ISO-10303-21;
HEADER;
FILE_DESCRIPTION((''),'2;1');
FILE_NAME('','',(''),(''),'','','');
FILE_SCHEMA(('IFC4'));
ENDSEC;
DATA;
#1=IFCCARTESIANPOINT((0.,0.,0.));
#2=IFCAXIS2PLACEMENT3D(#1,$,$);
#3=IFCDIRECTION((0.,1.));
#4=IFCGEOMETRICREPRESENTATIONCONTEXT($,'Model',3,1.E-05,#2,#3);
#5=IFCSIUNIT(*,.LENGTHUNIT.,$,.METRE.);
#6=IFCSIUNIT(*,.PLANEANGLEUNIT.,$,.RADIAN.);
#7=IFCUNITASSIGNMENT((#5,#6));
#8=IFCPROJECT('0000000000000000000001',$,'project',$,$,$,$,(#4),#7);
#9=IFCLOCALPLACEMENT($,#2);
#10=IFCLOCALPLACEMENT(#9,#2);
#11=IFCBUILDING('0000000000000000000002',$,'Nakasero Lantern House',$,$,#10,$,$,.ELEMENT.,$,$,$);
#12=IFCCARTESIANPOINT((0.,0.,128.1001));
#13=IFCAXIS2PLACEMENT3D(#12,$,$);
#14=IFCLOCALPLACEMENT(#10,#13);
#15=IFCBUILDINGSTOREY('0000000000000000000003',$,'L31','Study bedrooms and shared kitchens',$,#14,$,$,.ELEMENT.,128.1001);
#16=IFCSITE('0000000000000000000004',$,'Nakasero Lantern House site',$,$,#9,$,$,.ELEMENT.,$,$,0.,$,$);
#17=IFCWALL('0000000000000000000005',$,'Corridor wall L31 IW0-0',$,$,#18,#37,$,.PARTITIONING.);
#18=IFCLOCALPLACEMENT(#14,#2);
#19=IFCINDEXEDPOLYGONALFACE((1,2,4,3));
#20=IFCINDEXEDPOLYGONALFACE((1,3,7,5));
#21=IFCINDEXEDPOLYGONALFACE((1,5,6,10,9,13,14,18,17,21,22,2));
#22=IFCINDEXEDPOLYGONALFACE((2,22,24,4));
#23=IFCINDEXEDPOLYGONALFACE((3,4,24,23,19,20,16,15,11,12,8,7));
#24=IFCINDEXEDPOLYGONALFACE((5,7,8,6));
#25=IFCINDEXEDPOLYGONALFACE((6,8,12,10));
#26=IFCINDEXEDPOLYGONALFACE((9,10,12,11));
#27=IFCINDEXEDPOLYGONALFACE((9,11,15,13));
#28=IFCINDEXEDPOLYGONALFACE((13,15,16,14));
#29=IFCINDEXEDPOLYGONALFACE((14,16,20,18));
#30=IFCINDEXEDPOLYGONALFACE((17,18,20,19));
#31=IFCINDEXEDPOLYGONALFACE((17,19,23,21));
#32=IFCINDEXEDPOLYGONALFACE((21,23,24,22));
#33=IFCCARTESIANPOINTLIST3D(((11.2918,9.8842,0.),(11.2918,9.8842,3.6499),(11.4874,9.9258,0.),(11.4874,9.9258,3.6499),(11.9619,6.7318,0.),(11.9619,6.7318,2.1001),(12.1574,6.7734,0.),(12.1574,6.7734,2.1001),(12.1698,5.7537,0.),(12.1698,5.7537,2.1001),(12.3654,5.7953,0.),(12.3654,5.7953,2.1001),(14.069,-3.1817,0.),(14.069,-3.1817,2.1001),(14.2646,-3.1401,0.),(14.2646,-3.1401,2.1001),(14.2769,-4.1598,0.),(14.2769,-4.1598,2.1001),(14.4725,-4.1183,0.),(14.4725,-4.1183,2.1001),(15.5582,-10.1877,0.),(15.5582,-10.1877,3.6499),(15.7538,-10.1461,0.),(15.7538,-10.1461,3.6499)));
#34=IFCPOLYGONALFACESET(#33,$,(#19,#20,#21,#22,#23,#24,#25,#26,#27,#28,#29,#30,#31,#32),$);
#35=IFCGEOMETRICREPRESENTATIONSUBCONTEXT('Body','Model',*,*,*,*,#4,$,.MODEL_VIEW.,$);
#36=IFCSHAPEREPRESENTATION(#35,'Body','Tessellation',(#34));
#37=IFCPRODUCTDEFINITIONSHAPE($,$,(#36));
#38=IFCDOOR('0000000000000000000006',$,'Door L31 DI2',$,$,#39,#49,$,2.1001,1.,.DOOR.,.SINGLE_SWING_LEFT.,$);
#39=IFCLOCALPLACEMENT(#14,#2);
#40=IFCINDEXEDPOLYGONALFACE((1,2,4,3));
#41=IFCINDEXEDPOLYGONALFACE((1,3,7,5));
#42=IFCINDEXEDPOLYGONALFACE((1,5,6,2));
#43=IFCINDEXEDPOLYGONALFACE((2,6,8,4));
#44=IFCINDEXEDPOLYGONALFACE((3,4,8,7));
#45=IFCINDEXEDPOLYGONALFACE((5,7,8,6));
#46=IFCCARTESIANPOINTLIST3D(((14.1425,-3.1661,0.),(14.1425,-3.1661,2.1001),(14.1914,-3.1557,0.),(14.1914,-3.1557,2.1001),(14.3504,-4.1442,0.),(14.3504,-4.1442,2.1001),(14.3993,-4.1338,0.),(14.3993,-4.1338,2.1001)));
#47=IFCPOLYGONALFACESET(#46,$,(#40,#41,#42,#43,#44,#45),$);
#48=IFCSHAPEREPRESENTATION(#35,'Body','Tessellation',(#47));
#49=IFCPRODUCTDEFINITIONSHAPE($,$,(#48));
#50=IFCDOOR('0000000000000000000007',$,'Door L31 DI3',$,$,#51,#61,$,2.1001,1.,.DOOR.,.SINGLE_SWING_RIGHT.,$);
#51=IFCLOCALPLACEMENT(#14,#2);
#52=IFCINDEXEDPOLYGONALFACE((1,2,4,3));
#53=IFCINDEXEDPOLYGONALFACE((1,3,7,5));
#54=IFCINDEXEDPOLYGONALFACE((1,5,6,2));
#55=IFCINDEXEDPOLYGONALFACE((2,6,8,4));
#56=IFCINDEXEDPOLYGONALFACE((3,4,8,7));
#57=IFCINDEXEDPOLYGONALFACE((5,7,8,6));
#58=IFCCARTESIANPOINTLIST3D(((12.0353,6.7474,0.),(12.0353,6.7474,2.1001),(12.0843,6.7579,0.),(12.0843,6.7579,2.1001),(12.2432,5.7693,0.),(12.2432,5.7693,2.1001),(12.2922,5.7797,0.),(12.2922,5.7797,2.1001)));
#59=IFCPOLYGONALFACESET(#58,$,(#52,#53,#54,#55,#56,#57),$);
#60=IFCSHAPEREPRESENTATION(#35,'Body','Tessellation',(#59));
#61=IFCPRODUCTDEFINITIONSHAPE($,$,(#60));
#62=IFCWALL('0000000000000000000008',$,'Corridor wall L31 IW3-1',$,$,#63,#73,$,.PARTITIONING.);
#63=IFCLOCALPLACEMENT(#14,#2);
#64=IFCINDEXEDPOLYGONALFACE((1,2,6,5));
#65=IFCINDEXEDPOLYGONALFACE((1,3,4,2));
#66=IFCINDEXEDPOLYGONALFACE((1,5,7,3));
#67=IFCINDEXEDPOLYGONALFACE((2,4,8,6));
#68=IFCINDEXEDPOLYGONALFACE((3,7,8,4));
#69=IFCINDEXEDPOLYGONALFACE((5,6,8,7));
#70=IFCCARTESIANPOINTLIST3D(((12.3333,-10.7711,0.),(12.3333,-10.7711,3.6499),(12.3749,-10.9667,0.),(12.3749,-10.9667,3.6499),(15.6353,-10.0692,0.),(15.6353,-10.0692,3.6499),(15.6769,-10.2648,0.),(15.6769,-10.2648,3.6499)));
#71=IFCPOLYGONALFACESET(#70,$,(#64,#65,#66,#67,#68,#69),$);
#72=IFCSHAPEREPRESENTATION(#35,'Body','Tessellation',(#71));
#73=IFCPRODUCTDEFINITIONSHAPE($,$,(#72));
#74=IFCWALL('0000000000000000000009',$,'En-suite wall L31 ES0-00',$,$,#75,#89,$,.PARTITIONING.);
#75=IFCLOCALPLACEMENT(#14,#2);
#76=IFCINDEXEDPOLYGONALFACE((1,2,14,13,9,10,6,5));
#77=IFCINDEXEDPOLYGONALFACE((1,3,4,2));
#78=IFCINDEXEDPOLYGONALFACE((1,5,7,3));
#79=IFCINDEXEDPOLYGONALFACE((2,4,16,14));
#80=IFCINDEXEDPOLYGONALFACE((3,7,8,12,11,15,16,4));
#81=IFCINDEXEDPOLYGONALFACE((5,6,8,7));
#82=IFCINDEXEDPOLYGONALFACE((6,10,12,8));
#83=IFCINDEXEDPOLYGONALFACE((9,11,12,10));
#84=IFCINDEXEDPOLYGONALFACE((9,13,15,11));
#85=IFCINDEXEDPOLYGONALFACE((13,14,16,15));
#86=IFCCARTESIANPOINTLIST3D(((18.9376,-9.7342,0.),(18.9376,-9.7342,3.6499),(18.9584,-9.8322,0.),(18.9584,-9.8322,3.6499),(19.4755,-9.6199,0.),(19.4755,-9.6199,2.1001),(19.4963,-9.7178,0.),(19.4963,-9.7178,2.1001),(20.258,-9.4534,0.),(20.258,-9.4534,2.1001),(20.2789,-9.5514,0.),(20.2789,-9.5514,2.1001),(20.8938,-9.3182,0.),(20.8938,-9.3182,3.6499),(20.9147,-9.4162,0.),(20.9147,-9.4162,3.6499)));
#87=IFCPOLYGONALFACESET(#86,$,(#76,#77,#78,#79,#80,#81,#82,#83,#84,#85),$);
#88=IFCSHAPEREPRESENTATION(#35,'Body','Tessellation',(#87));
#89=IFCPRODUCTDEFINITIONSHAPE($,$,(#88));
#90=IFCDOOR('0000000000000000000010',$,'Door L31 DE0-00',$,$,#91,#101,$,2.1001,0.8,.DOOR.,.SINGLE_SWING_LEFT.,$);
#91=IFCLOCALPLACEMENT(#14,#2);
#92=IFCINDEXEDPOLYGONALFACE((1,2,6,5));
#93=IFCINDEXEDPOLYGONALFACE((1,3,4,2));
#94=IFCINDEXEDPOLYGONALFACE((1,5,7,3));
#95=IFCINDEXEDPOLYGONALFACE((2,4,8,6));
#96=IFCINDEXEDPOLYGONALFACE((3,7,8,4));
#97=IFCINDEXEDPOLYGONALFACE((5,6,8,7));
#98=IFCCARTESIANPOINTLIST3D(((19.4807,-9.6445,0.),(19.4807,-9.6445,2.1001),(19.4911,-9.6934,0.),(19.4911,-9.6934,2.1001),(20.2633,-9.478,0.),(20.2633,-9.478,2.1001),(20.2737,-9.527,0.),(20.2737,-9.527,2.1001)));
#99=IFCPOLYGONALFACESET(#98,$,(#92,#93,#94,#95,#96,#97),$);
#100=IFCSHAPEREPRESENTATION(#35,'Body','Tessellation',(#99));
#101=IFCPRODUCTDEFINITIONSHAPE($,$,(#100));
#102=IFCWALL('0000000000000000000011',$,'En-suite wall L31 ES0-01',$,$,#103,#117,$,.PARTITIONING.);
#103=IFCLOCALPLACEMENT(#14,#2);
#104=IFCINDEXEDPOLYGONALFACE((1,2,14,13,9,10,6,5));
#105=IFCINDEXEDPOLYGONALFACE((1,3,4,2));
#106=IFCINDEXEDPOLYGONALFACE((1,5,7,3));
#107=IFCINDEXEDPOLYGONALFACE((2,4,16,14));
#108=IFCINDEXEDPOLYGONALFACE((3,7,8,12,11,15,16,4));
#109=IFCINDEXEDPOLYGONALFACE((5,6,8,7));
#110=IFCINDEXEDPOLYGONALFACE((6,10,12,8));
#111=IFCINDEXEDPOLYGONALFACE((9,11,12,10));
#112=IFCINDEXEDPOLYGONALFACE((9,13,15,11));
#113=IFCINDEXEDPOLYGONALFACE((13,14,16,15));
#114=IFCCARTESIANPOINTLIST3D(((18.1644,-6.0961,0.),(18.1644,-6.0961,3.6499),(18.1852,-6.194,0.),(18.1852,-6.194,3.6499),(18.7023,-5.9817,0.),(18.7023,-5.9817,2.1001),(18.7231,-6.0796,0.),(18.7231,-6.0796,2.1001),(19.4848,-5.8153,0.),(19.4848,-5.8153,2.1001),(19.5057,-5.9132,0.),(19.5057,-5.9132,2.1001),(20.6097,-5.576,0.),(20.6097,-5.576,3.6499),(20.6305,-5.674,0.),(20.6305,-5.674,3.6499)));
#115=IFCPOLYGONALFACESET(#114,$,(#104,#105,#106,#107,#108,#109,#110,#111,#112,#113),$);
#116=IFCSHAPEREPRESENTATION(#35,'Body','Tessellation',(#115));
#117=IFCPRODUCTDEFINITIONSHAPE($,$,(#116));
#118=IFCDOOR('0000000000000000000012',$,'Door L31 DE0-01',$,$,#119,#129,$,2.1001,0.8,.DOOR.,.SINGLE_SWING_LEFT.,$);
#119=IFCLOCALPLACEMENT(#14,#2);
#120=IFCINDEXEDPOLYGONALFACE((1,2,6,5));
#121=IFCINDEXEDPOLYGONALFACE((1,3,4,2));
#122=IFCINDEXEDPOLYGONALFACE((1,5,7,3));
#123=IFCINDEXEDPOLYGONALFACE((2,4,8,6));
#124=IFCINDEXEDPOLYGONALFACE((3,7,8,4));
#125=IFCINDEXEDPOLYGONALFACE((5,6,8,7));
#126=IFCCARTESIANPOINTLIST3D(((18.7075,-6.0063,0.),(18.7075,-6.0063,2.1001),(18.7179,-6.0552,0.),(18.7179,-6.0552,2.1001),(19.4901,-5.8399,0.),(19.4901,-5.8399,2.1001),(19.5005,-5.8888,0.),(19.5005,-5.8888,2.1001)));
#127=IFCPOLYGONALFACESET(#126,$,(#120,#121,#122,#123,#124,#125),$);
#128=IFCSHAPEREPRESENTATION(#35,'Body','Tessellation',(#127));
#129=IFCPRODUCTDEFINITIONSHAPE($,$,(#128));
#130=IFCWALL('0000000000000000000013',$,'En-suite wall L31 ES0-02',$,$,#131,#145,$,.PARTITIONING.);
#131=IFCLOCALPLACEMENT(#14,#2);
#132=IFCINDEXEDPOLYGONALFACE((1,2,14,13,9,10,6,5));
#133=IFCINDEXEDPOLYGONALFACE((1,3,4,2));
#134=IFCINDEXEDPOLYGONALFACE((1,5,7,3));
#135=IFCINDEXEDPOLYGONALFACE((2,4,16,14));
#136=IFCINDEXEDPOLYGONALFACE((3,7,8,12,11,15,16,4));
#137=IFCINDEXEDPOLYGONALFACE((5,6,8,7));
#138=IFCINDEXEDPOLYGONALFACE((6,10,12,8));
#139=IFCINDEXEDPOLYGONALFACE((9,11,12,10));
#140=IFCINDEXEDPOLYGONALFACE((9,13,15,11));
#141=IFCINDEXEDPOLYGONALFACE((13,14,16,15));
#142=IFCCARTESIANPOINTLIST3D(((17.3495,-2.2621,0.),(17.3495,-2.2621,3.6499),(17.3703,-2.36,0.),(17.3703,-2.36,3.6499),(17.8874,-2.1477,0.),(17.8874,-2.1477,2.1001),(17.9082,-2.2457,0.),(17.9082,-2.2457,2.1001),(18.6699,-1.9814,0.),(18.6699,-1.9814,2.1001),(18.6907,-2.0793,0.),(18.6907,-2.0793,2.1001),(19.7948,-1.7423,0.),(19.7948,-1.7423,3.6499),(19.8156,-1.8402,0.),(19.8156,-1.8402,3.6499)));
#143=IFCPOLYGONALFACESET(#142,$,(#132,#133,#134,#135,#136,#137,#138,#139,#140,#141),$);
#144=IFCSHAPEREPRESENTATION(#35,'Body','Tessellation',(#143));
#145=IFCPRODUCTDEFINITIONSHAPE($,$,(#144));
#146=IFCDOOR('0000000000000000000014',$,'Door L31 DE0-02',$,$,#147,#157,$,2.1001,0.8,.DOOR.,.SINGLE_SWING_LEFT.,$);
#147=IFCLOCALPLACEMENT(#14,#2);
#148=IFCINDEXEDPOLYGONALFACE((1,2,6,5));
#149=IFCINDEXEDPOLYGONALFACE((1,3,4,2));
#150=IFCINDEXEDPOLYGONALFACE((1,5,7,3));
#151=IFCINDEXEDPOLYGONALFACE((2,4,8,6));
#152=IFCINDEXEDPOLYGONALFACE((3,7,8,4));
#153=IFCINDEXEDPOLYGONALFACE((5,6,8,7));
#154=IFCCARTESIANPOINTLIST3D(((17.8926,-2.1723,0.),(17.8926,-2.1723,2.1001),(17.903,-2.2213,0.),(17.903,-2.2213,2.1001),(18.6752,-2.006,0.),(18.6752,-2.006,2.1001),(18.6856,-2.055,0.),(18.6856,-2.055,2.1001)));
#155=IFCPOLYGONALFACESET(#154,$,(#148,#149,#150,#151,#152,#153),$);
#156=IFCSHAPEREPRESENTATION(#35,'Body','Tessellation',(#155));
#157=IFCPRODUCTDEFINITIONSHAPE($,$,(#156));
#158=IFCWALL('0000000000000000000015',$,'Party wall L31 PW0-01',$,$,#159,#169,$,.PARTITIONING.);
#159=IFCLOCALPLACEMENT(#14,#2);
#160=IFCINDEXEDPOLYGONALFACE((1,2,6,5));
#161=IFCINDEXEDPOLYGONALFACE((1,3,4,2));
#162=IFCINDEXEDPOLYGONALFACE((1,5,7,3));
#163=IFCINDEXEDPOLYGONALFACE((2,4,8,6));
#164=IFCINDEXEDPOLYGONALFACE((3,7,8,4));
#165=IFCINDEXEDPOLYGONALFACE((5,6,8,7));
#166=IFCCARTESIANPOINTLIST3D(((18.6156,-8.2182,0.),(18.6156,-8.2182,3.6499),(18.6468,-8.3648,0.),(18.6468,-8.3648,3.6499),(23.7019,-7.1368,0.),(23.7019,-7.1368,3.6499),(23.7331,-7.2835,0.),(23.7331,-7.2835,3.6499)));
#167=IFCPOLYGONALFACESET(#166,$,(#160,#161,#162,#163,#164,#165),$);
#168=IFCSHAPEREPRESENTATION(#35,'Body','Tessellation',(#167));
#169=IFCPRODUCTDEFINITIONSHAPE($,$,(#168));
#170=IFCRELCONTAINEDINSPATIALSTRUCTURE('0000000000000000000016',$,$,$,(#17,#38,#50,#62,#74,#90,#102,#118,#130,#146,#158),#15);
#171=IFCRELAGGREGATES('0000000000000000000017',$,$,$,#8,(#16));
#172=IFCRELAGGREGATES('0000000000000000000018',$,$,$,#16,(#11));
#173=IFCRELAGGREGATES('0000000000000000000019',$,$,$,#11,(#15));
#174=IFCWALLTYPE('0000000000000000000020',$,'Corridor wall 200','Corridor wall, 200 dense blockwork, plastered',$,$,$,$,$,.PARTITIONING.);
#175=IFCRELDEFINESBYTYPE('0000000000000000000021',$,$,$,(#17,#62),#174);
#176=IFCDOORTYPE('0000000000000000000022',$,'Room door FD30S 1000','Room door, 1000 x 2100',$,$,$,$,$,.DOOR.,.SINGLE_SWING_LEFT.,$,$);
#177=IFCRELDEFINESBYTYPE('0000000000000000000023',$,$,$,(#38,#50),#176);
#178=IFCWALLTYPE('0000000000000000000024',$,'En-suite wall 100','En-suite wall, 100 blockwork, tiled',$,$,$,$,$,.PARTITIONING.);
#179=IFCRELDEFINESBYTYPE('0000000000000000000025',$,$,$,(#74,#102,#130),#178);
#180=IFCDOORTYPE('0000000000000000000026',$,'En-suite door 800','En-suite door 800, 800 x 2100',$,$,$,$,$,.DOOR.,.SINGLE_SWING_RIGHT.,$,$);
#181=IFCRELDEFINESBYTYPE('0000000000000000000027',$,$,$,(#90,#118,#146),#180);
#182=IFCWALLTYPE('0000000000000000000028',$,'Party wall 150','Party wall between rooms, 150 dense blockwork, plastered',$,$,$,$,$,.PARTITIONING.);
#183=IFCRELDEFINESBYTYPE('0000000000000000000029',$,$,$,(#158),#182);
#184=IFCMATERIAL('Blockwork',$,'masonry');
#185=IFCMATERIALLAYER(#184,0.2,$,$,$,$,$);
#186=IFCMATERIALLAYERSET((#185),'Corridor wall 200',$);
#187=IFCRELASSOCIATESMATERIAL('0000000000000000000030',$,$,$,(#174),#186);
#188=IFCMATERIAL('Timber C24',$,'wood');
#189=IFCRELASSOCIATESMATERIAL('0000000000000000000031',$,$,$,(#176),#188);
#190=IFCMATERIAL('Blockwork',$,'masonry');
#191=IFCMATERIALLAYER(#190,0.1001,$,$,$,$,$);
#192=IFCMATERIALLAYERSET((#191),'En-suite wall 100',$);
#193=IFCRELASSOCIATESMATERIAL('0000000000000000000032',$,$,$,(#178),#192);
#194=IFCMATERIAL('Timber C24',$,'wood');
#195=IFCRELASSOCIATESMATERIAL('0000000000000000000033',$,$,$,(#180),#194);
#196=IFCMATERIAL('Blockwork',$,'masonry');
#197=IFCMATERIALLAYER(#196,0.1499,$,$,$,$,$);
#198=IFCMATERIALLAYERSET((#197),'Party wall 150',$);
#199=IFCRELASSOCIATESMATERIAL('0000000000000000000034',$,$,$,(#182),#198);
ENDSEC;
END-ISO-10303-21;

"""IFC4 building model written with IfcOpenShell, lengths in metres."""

from ifc_helpers import new_model, si_unit, direction, frame, frame_2d, origin, place, context, subcontext, project, spatial, rectangle, extrude, material, layer, layer_set, type_object, element, fill, save


model = new_model("IFC4")

# Units and contexts
model_context = context("Model", 3, precision=1e-05, world=origin(), true_north=direction((0.0, 1.0)))
body_context = subcontext(model_context, "Body", "Model", "MODEL_VIEW")
ifc_project = project(units=[si_unit("LENGTHUNIT", "METRE"), si_unit("PLANEANGLEUNIT", "RADIAN")], contexts=[model_context])

# Site, building, storey
site_placement = place(None, origin())
site = spatial("IfcSite", under=ifc_project, at=site_placement, Name="Nakasero Lantern House site", CompositionType="ELEMENT", RefElevation=0.0)
building_placement = place(site_placement, origin())
building = spatial("IfcBuilding", under=site, at=building_placement, Name="Nakasero Lantern House", CompositionType="ELEMENT")
storey_placement = place(building_placement, frame((0.0, 0.0, 128.1001)))
storey = spatial("IfcBuildingStorey", under=building, at=storey_placement, Name="L31", Description="Study bedrooms and shared kitchens", CompositionType="ELEMENT", Elevation=128.1001)

# Wall, openings, doors
ifc_material_1 = material(Name="Blockwork", Category="masonry")
ifc_layer_1 = layer(ifc_material_1, 0.2)
ifc_layer_set_1 = layer_set([ifc_layer_1], Name="Corridor wall 200")
wall_type_1 = type_object("IfcWallType", Name="Corridor wall 200", Description="Corridor wall, 200 dense blockwork, plastered", PredefinedType="PARTITIONING", material=ifc_layer_set_1)
wall_1_placement = place(storey_placement, frame((15.656, -10.167, 0.0), z_axis=(0.0, 0.0, 1.0), x_axis=(-0.20791, 0.978148, 0.0)))
wall_1 = element("IfcWall", 1, at=wall_1_placement, inside=storey, type_object=wall_type_1, Name="Corridor wall L31 IW0-0", PredefinedType="PARTITIONING", context=body_context, shape_type="SweptSolid", body=[
    extrude(rectangle(XDim=20.5203, YDim=0.2, at=frame_2d((10.2603, 0.0))), origin(), (0.0, 0.0, 1.0), 3.6499),
])
opening_1_placement = place(wall_1_placement, frame((6.1626, 0.0, 0.0)))
opening_1 = element("IfcOpeningElement", 2, at=opening_1_placement, cuts=wall_1, PredefinedType="OPENING", context=body_context, shape_type="SweptSolid", body=[
    extrude(rectangle(XDim=1.0, YDim=2.1001, at=frame_2d((0.5, 1.05))), frame((0.0, 0.1199, 0.0), z_axis=(0.0, -1.0, 0.0), x_axis=(1.0, 0.0, 0.0)), (0.0, 0.0, 1.0), 0.24),
])
opening_2_placement = place(wall_1_placement, frame((16.2976, 0.0, 0.0)))
opening_2 = element("IfcOpeningElement", 3, at=opening_2_placement, cuts=wall_1, PredefinedType="OPENING", context=body_context, shape_type="SweptSolid", body=[
    extrude(rectangle(XDim=1.0, YDim=2.1001, at=frame_2d((0.5, 1.05))), frame((0.0, 0.1199, 0.0), z_axis=(0.0, -1.0, 0.0), x_axis=(1.0, 0.0, 0.0)), (0.0, 0.0, 1.0), 0.24),
])
ifc_material_2 = material(Name="Timber C24", Category="wood")
door_type_1 = type_object("IfcDoorType", Name="Room door FD30S 1000", Description="Room door, 1000 x 2100", OperationType="SINGLE_SWING_LEFT", PredefinedType="DOOR", material=ifc_material_2)
door_1_placement = place(opening_1_placement, origin())
door_1 = element("IfcDoor", 4, at=door_1_placement, inside=storey, type_object=door_type_1, Name="Door L31 DI2", OperationType="SINGLE_SWING_LEFT", OverallHeight=2.1001, OverallWidth=1.0, PredefinedType="DOOR", context=body_context, shape_type="SweptSolid", body=[
    extrude(rectangle(XDim=1.0, YDim=2.1001, at=frame_2d((0.5, 1.05))), frame((0.0, 0.0249, 0.0), z_axis=(0.0, -1.0, 0.0), x_axis=(1.0, 0.0, 0.0)), (0.0, 0.0, 1.0), 0.05),
])
fill(opening_1, door_1)
door_2_placement = place(opening_2_placement, origin())
door_2 = element("IfcDoor", 5, at=door_2_placement, inside=storey, type_object=door_type_1, Name="Door L31 DI3", OperationType="SINGLE_SWING_RIGHT", OverallHeight=2.1001, OverallWidth=1.0, PredefinedType="DOOR", context=body_context, shape_type="SweptSolid", body=[
    extrude(rectangle(XDim=1.0, YDim=2.1001, at=frame_2d((0.5, 1.05))), frame((0.0, 0.0249, 0.0), z_axis=(0.0, -1.0, 0.0), x_axis=(1.0, 0.0, 0.0)), (0.0, 0.0, 1.0), 0.05),
])
fill(opening_2, door_2)

# Wall
wall_2_placement = place(storey_placement, frame((12.354, -10.8689, 0.0), z_axis=(0.0, 0.0, 1.0), x_axis=(0.978145, 0.207924, 0.0)))
element("IfcWall", 6, at=wall_2_placement, inside=storey, type_object=wall_type_1, Name="Corridor wall L31 IW3-1", PredefinedType="PARTITIONING", context=body_context, shape_type="SweptSolid", body=[
    extrude(rectangle(XDim=3.3757, YDim=0.2, at=frame_2d((1.688, 0.0))), origin(), (0.0, 0.0, 1.0), 3.6499),
])

# Walls, openings, doors
ifc_material_3 = material(Name="Blockwork", Category="masonry")
ifc_layer_2 = layer(ifc_material_3, 0.1001)
ifc_layer_set_2 = layer_set([ifc_layer_2], Name="En-suite wall 100")
wall_type_2 = type_object("IfcWallType", Name="En-suite wall 100", Description="En-suite wall, 100 blockwork, tiled", PredefinedType="PARTITIONING", material=ifc_layer_set_2)
wall_3_placement = place(storey_placement, frame((18.948, -9.7832, 0.0), z_axis=(0.0, 0.0, 1.0), x_axis=(0.978128, 0.208003, 0.0)))
wall_3 = element("IfcWall", 7, at=wall_3_placement, inside=storey, type_object=wall_type_2, Name="En-suite wall L31 ES0-00", PredefinedType="PARTITIONING", context=body_context, shape_type="SweptSolid", body=[
    extrude(rectangle(XDim=2.0, YDim=0.1001, at=frame_2d((1.0, 0.0))), origin(), (0.0, 0.0, 1.0), 3.6499),
])
opening_3_placement = place(wall_3_placement, frame((0.55, 0.0, 0.0)))
opening_3 = element("IfcOpeningElement", 8, at=opening_3_placement, cuts=wall_3, PredefinedType="OPENING", context=body_context, shape_type="SweptSolid", body=[
    extrude(rectangle(XDim=0.8, YDim=2.1001, at=frame_2d((0.3999, 1.05))), frame((0.0, 0.0701, 0.0), z_axis=(0.0, -1.0, 0.0), x_axis=(1.0, 0.0, 0.0)), (0.0, 0.0, 1.0), 0.1401),
])
ifc_material_4 = material(Name="Timber C24", Category="wood")
door_type_2 = type_object("IfcDoorType", Name="En-suite door 800", Description="En-suite door 800, 800 x 2100", OperationType="SINGLE_SWING_RIGHT", PredefinedType="DOOR", material=ifc_material_4)
door_3_placement = place(opening_3_placement, origin())
door_3 = element("IfcDoor", 9, at=door_3_placement, inside=storey, type_object=door_type_2, Name="Door L31 DE0-00", OperationType="SINGLE_SWING_LEFT", OverallHeight=2.1001, OverallWidth=0.8, PredefinedType="DOOR", context=body_context, shape_type="SweptSolid", body=[
    extrude(rectangle(XDim=0.8, YDim=2.1001, at=frame_2d((0.3999, 1.05))), frame((0.0, 0.0249, 0.0), z_axis=(0.0, -1.0, 0.0), x_axis=(1.0, 0.0, 0.0)), (0.0, 0.0, 1.0), 0.05),
])
fill(opening_3, door_3)
wall_4_placement = place(storey_placement, frame((18.1748, -6.145, 0.0), z_axis=(0.0, 0.0, 1.0), x_axis=(0.978127, 0.208008, 0.0)))
wall_4 = element("IfcWall", 10, at=wall_4_placement, inside=storey, type_object=wall_type_2, Name="En-suite wall L31 ES0-01", PredefinedType="PARTITIONING", context=body_context, shape_type="SweptSolid", body=[
    extrude(rectangle(XDim=2.5, YDim=0.1001, at=frame_2d((1.25, 0.0))), origin(), (0.0, 0.0, 1.0), 3.6499),
])
opening_4_placement = place(wall_4_placement, frame((0.55, 0.0, 0.0)))
opening_4 = element("IfcOpeningElement", 11, at=opening_4_placement, cuts=wall_4, PredefinedType="OPENING", context=body_context, shape_type="SweptSolid", body=[
    extrude(rectangle(XDim=0.8, YDim=2.1001, at=frame_2d((0.3999, 1.05))), frame((0.0, 0.0701, 0.0), z_axis=(0.0, -1.0, 0.0), x_axis=(1.0, 0.0, 0.0)), (0.0, 0.0, 1.0), 0.1401),
])
door_4_placement = place(opening_4_placement, origin())
door_4 = element("IfcDoor", 12, at=door_4_placement, inside=storey, type_object=door_type_2, Name="Door L31 DE0-01", OperationType="SINGLE_SWING_LEFT", OverallHeight=2.1001, OverallWidth=0.8, PredefinedType="DOOR", context=body_context, shape_type="SweptSolid", body=[
    extrude(rectangle(XDim=0.8, YDim=2.1001, at=frame_2d((0.3999, 1.05))), frame((0.0, 0.0249, 0.0), z_axis=(0.0, -1.0, 0.0), x_axis=(1.0, 0.0, 0.0)), (0.0, 0.0, 1.0), 0.05),
])
fill(opening_4, door_4)
wall_5_placement = place(storey_placement, frame((17.3599, -2.311, 0.0), z_axis=(0.0, 0.0, 1.0), x_axis=(0.978147, 0.207915, 0.0)))
wall_5 = element("IfcWall", 13, at=wall_5_placement, inside=storey, type_object=wall_type_2, Name="En-suite wall L31 ES0-02", PredefinedType="PARTITIONING", context=body_context, shape_type="SweptSolid", body=[
    extrude(rectangle(XDim=2.5, YDim=0.1001, at=frame_2d((1.25, 0.0))), origin(), (0.0, 0.0, 1.0), 3.6499),
])
opening_5_placement = place(wall_5_placement, frame((0.55, 0.0, 0.0)))
opening_5 = element("IfcOpeningElement", 14, at=opening_5_placement, cuts=wall_5, PredefinedType="OPENING", context=body_context, shape_type="SweptSolid", body=[
    extrude(rectangle(XDim=0.8, YDim=2.1001, at=frame_2d((0.3999, 1.05))), frame((0.0, 0.0701, 0.0), z_axis=(0.0, -1.0, 0.0), x_axis=(1.0, 0.0, 0.0)), (0.0, 0.0, 1.0), 0.1401),
])
door_5_placement = place(opening_5_placement, origin())
door_5 = element("IfcDoor", 15, at=door_5_placement, inside=storey, type_object=door_type_2, Name="Door L31 DE0-02", OperationType="SINGLE_SWING_LEFT", OverallHeight=2.1001, OverallWidth=0.8, PredefinedType="DOOR", context=body_context, shape_type="SweptSolid", body=[
    extrude(rectangle(XDim=0.8, YDim=2.1001, at=frame_2d((0.3999, 1.05))), frame((0.0, 0.0249, 0.0), z_axis=(0.0, -1.0, 0.0), x_axis=(1.0, 0.0, 0.0)), (0.0, 0.0, 1.0), 0.05),
])
fill(opening_5, door_5)

# Wall
ifc_material_5 = material(Name="Blockwork", Category="masonry")
ifc_layer_3 = layer(ifc_material_5, 0.1499)
ifc_layer_set_3 = layer_set([ifc_layer_3], Name="Party wall 150")
wall_type_3 = type_object("IfcWallType", Name="Party wall 150", Description="Party wall between rooms, 150 dense blockwork, plastered", PredefinedType="PARTITIONING", material=ifc_layer_set_3)
for number, where, z_axis, x_axis, name in (
    (16, (18.6311, -8.2915, 0.0), (0.0, 0.0, 1.0), (0.97814, 0.207948, 0.0), "Party wall L31 PW0-01"),
):
    element("IfcWall", number, at=place(storey_placement, frame(where, z_axis=z_axis, x_axis=x_axis)), inside=storey, type_object=wall_type_3, Name=name, PredefinedType="PARTITIONING", context=body_context, shape_type="SweptSolid", body=[
        extrude(rectangle(XDim=5.2, YDim=0.1499, at=frame_2d((2.6001, 0.0))), origin(), (0.0, 0.0, 1.0), 3.6499),
    ])

save(model, "model.ifc")
